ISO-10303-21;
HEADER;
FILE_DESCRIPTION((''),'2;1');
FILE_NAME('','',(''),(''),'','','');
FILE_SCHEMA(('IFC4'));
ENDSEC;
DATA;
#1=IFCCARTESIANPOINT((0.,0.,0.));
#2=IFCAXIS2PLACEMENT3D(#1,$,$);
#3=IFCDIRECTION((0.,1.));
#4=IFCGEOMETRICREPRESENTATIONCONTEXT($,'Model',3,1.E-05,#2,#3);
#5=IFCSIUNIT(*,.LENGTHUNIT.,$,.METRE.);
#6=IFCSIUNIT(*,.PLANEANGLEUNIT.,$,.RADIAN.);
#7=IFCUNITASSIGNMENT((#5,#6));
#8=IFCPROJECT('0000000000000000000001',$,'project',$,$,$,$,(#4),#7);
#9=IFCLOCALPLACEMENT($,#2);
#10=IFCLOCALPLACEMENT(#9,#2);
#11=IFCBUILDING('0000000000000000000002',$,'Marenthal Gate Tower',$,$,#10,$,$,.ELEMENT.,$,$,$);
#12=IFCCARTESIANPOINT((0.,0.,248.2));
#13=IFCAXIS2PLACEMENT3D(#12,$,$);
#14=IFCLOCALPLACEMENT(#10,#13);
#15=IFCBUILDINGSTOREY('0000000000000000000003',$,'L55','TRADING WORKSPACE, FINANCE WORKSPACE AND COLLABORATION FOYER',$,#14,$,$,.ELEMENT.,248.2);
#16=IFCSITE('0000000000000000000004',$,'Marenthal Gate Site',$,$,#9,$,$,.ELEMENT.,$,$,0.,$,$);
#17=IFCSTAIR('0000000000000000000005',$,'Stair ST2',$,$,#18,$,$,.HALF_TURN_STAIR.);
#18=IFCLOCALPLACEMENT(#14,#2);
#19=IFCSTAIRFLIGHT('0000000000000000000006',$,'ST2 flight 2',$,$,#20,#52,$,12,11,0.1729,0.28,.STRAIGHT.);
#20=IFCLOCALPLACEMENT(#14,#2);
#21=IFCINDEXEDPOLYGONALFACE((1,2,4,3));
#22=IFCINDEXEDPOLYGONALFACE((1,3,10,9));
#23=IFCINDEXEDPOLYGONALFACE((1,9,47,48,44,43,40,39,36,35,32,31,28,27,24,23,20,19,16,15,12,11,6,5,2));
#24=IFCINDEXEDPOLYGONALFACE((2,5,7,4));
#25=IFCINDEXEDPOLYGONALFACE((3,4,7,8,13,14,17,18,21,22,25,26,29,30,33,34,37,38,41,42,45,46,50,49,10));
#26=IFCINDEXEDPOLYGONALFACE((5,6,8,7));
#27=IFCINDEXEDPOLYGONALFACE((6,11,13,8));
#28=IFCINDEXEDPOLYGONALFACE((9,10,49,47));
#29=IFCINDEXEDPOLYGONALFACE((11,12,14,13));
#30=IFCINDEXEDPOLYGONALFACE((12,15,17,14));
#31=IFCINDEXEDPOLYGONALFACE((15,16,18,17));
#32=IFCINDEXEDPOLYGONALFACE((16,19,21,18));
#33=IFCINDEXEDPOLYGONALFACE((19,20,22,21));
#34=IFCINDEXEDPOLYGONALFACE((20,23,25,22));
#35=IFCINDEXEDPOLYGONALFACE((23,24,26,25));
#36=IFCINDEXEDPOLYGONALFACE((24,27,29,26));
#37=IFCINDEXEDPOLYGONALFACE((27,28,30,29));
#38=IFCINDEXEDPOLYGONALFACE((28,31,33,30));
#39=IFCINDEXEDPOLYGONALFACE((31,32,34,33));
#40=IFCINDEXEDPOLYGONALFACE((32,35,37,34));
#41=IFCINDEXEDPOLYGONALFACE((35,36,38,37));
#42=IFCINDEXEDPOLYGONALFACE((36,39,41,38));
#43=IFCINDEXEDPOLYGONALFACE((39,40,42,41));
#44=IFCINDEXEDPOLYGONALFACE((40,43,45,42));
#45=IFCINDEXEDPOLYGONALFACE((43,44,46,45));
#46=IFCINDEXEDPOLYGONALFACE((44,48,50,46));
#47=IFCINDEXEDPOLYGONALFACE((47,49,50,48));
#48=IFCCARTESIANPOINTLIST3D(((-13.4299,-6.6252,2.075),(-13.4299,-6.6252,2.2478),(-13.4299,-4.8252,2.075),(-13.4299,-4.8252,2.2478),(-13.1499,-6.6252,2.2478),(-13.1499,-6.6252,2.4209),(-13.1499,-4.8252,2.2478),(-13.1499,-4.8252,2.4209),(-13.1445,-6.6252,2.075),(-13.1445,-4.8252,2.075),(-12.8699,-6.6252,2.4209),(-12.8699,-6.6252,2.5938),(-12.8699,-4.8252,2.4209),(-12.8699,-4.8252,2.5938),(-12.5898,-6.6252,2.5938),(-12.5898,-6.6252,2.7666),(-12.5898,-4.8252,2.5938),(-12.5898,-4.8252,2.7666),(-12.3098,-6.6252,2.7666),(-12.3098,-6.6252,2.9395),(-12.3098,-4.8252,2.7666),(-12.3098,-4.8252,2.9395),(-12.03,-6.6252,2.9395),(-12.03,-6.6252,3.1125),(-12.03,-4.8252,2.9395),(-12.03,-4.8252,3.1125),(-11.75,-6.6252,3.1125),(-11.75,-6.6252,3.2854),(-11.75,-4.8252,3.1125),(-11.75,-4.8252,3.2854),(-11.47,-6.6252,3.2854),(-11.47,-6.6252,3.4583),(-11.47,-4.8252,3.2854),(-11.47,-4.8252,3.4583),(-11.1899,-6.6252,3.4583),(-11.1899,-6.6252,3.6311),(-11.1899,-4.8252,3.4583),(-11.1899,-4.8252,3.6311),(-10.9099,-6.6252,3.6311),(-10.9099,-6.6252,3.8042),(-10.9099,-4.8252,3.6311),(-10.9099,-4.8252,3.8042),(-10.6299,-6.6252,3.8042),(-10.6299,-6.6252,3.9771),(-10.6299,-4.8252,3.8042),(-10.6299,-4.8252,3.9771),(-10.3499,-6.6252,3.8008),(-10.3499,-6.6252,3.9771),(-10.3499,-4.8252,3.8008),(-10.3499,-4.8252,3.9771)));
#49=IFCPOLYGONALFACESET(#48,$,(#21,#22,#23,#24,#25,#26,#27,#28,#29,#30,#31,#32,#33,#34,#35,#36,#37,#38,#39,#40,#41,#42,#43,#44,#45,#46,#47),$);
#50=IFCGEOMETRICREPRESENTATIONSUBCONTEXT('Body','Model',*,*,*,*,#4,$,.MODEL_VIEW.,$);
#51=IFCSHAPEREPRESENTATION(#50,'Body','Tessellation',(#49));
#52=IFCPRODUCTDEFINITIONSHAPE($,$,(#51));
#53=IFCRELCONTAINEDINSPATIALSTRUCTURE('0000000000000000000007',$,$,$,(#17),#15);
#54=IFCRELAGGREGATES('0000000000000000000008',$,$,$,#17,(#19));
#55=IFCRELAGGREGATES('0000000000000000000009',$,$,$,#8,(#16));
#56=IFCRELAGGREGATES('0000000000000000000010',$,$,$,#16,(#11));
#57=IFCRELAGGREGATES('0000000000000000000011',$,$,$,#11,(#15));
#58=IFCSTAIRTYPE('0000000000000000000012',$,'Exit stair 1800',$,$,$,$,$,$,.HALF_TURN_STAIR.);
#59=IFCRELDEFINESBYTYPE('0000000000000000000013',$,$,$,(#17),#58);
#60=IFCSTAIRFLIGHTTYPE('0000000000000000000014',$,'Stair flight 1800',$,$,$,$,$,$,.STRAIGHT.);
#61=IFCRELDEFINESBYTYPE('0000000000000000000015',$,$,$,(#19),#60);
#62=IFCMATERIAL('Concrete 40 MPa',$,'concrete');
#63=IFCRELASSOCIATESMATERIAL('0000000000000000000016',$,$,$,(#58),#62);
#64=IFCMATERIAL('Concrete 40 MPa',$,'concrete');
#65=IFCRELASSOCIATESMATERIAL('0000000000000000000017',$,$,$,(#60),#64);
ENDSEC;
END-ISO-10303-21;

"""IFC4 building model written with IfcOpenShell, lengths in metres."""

from ifc_helpers import new_model, si_unit, direction, frame, origin, place, context, subcontext, project, spatial, polyline, outline, extrude, material, type_object, element, aggregate, save


model = new_model("IFC4")

# Units and contexts
model_context = context("Model", 3, precision=1e-05, world=origin(), true_north=direction((0.0, 1.0)))
body_context = subcontext(model_context, "Body", "Model", "MODEL_VIEW")
ifc_project = project(units=[si_unit("LENGTHUNIT", "METRE"), si_unit("PLANEANGLEUNIT", "RADIAN")], contexts=[model_context])

# Site, building, storey
site_placement = place(None, origin())
site = spatial("IfcSite", under=ifc_project, at=site_placement, Name="Marenthal Gate Site", CompositionType="ELEMENT", RefElevation=0.0)
building_placement = place(site_placement, origin())
building = spatial("IfcBuilding", under=site, at=building_placement, Name="Marenthal Gate Tower", CompositionType="ELEMENT")
storey_placement = place(building_placement, frame((0.0, 0.0, 248.2)))
storey = spatial("IfcBuildingStorey", under=building, at=storey_placement, Name="L55", Description="TRADING WORKSPACE, FINANCE WORKSPACE AND COLLABORATION FOYER", CompositionType="ELEMENT", Elevation=248.2)

# Stair, stair flight
ifc_material_1 = material(Name="Concrete 40 MPa", Category="concrete")
stair_type = type_object("IfcStairType", Name="Exit stair 1800", PredefinedType="HALF_TURN_STAIR", material=ifc_material_1)
stair_placement = place(storey_placement, origin())
stair = element("IfcStair", 1, at=stair_placement, inside=storey, type_object=stair_type, Name="Stair ST2", PredefinedType="HALF_TURN_STAIR")
ifc_material_2 = material(Name="Concrete 40 MPa", Category="concrete")
stair_flight_type = type_object("IfcStairFlightType", Name="Stair flight 1800", PredefinedType="STRAIGHT", material=ifc_material_2)
stair_flight_1_placement = place(storey_placement, frame((-13.4299, -5.7251, 2.075), z_axis=(0.0, 0.0, 1.0), x_axis=(1.0, 0.0, 0.0)))
stair_flight_1 = element("IfcStairFlight", 2, at=stair_flight_1_placement, type_object=stair_flight_type, Name="ST2 flight 2", NumberOfRisers=12, NumberOfTreads=11, PredefinedType="STRAIGHT", RiserHeight=0.1729, TreadLength=0.28, context=body_context, shape_type="SweptSolid", body=[
    extrude(outline(polyline([(0.0, 0.0), (0.0, 0.1729), (0.28, 0.1729), (0.28, 0.3459), (0.5601, 0.3459), (0.5601, 0.5188), (0.8401, 0.5188), (0.8401, 0.6917), (1.1201, 0.6917), (1.1201, 0.8645), (1.3999, 0.8645), (1.3999, 1.0376), (1.6799, 1.0376), (1.6799, 1.2104), (1.96, 1.2104), (1.96, 1.3833), (2.24, 1.3833), (2.24, 1.5562), (2.52, 1.5562), (2.52, 1.7292), (2.8, 1.7292), (2.8, 1.9021), (3.0801, 1.9021), (3.0801, 2.075), (3.0801, 1.7258), (0.2854, 0.0), (0.0, 0.0)])), frame((0.0, 0.8999, 0.0), z_axis=(0.0, -1.0, 0.0), x_axis=(1.0, 0.0, 0.0)), (0.0, 0.0, 1.0), 1.8),
])
aggregate(stair, [stair_flight_1])

save(model, "model.ifc")
